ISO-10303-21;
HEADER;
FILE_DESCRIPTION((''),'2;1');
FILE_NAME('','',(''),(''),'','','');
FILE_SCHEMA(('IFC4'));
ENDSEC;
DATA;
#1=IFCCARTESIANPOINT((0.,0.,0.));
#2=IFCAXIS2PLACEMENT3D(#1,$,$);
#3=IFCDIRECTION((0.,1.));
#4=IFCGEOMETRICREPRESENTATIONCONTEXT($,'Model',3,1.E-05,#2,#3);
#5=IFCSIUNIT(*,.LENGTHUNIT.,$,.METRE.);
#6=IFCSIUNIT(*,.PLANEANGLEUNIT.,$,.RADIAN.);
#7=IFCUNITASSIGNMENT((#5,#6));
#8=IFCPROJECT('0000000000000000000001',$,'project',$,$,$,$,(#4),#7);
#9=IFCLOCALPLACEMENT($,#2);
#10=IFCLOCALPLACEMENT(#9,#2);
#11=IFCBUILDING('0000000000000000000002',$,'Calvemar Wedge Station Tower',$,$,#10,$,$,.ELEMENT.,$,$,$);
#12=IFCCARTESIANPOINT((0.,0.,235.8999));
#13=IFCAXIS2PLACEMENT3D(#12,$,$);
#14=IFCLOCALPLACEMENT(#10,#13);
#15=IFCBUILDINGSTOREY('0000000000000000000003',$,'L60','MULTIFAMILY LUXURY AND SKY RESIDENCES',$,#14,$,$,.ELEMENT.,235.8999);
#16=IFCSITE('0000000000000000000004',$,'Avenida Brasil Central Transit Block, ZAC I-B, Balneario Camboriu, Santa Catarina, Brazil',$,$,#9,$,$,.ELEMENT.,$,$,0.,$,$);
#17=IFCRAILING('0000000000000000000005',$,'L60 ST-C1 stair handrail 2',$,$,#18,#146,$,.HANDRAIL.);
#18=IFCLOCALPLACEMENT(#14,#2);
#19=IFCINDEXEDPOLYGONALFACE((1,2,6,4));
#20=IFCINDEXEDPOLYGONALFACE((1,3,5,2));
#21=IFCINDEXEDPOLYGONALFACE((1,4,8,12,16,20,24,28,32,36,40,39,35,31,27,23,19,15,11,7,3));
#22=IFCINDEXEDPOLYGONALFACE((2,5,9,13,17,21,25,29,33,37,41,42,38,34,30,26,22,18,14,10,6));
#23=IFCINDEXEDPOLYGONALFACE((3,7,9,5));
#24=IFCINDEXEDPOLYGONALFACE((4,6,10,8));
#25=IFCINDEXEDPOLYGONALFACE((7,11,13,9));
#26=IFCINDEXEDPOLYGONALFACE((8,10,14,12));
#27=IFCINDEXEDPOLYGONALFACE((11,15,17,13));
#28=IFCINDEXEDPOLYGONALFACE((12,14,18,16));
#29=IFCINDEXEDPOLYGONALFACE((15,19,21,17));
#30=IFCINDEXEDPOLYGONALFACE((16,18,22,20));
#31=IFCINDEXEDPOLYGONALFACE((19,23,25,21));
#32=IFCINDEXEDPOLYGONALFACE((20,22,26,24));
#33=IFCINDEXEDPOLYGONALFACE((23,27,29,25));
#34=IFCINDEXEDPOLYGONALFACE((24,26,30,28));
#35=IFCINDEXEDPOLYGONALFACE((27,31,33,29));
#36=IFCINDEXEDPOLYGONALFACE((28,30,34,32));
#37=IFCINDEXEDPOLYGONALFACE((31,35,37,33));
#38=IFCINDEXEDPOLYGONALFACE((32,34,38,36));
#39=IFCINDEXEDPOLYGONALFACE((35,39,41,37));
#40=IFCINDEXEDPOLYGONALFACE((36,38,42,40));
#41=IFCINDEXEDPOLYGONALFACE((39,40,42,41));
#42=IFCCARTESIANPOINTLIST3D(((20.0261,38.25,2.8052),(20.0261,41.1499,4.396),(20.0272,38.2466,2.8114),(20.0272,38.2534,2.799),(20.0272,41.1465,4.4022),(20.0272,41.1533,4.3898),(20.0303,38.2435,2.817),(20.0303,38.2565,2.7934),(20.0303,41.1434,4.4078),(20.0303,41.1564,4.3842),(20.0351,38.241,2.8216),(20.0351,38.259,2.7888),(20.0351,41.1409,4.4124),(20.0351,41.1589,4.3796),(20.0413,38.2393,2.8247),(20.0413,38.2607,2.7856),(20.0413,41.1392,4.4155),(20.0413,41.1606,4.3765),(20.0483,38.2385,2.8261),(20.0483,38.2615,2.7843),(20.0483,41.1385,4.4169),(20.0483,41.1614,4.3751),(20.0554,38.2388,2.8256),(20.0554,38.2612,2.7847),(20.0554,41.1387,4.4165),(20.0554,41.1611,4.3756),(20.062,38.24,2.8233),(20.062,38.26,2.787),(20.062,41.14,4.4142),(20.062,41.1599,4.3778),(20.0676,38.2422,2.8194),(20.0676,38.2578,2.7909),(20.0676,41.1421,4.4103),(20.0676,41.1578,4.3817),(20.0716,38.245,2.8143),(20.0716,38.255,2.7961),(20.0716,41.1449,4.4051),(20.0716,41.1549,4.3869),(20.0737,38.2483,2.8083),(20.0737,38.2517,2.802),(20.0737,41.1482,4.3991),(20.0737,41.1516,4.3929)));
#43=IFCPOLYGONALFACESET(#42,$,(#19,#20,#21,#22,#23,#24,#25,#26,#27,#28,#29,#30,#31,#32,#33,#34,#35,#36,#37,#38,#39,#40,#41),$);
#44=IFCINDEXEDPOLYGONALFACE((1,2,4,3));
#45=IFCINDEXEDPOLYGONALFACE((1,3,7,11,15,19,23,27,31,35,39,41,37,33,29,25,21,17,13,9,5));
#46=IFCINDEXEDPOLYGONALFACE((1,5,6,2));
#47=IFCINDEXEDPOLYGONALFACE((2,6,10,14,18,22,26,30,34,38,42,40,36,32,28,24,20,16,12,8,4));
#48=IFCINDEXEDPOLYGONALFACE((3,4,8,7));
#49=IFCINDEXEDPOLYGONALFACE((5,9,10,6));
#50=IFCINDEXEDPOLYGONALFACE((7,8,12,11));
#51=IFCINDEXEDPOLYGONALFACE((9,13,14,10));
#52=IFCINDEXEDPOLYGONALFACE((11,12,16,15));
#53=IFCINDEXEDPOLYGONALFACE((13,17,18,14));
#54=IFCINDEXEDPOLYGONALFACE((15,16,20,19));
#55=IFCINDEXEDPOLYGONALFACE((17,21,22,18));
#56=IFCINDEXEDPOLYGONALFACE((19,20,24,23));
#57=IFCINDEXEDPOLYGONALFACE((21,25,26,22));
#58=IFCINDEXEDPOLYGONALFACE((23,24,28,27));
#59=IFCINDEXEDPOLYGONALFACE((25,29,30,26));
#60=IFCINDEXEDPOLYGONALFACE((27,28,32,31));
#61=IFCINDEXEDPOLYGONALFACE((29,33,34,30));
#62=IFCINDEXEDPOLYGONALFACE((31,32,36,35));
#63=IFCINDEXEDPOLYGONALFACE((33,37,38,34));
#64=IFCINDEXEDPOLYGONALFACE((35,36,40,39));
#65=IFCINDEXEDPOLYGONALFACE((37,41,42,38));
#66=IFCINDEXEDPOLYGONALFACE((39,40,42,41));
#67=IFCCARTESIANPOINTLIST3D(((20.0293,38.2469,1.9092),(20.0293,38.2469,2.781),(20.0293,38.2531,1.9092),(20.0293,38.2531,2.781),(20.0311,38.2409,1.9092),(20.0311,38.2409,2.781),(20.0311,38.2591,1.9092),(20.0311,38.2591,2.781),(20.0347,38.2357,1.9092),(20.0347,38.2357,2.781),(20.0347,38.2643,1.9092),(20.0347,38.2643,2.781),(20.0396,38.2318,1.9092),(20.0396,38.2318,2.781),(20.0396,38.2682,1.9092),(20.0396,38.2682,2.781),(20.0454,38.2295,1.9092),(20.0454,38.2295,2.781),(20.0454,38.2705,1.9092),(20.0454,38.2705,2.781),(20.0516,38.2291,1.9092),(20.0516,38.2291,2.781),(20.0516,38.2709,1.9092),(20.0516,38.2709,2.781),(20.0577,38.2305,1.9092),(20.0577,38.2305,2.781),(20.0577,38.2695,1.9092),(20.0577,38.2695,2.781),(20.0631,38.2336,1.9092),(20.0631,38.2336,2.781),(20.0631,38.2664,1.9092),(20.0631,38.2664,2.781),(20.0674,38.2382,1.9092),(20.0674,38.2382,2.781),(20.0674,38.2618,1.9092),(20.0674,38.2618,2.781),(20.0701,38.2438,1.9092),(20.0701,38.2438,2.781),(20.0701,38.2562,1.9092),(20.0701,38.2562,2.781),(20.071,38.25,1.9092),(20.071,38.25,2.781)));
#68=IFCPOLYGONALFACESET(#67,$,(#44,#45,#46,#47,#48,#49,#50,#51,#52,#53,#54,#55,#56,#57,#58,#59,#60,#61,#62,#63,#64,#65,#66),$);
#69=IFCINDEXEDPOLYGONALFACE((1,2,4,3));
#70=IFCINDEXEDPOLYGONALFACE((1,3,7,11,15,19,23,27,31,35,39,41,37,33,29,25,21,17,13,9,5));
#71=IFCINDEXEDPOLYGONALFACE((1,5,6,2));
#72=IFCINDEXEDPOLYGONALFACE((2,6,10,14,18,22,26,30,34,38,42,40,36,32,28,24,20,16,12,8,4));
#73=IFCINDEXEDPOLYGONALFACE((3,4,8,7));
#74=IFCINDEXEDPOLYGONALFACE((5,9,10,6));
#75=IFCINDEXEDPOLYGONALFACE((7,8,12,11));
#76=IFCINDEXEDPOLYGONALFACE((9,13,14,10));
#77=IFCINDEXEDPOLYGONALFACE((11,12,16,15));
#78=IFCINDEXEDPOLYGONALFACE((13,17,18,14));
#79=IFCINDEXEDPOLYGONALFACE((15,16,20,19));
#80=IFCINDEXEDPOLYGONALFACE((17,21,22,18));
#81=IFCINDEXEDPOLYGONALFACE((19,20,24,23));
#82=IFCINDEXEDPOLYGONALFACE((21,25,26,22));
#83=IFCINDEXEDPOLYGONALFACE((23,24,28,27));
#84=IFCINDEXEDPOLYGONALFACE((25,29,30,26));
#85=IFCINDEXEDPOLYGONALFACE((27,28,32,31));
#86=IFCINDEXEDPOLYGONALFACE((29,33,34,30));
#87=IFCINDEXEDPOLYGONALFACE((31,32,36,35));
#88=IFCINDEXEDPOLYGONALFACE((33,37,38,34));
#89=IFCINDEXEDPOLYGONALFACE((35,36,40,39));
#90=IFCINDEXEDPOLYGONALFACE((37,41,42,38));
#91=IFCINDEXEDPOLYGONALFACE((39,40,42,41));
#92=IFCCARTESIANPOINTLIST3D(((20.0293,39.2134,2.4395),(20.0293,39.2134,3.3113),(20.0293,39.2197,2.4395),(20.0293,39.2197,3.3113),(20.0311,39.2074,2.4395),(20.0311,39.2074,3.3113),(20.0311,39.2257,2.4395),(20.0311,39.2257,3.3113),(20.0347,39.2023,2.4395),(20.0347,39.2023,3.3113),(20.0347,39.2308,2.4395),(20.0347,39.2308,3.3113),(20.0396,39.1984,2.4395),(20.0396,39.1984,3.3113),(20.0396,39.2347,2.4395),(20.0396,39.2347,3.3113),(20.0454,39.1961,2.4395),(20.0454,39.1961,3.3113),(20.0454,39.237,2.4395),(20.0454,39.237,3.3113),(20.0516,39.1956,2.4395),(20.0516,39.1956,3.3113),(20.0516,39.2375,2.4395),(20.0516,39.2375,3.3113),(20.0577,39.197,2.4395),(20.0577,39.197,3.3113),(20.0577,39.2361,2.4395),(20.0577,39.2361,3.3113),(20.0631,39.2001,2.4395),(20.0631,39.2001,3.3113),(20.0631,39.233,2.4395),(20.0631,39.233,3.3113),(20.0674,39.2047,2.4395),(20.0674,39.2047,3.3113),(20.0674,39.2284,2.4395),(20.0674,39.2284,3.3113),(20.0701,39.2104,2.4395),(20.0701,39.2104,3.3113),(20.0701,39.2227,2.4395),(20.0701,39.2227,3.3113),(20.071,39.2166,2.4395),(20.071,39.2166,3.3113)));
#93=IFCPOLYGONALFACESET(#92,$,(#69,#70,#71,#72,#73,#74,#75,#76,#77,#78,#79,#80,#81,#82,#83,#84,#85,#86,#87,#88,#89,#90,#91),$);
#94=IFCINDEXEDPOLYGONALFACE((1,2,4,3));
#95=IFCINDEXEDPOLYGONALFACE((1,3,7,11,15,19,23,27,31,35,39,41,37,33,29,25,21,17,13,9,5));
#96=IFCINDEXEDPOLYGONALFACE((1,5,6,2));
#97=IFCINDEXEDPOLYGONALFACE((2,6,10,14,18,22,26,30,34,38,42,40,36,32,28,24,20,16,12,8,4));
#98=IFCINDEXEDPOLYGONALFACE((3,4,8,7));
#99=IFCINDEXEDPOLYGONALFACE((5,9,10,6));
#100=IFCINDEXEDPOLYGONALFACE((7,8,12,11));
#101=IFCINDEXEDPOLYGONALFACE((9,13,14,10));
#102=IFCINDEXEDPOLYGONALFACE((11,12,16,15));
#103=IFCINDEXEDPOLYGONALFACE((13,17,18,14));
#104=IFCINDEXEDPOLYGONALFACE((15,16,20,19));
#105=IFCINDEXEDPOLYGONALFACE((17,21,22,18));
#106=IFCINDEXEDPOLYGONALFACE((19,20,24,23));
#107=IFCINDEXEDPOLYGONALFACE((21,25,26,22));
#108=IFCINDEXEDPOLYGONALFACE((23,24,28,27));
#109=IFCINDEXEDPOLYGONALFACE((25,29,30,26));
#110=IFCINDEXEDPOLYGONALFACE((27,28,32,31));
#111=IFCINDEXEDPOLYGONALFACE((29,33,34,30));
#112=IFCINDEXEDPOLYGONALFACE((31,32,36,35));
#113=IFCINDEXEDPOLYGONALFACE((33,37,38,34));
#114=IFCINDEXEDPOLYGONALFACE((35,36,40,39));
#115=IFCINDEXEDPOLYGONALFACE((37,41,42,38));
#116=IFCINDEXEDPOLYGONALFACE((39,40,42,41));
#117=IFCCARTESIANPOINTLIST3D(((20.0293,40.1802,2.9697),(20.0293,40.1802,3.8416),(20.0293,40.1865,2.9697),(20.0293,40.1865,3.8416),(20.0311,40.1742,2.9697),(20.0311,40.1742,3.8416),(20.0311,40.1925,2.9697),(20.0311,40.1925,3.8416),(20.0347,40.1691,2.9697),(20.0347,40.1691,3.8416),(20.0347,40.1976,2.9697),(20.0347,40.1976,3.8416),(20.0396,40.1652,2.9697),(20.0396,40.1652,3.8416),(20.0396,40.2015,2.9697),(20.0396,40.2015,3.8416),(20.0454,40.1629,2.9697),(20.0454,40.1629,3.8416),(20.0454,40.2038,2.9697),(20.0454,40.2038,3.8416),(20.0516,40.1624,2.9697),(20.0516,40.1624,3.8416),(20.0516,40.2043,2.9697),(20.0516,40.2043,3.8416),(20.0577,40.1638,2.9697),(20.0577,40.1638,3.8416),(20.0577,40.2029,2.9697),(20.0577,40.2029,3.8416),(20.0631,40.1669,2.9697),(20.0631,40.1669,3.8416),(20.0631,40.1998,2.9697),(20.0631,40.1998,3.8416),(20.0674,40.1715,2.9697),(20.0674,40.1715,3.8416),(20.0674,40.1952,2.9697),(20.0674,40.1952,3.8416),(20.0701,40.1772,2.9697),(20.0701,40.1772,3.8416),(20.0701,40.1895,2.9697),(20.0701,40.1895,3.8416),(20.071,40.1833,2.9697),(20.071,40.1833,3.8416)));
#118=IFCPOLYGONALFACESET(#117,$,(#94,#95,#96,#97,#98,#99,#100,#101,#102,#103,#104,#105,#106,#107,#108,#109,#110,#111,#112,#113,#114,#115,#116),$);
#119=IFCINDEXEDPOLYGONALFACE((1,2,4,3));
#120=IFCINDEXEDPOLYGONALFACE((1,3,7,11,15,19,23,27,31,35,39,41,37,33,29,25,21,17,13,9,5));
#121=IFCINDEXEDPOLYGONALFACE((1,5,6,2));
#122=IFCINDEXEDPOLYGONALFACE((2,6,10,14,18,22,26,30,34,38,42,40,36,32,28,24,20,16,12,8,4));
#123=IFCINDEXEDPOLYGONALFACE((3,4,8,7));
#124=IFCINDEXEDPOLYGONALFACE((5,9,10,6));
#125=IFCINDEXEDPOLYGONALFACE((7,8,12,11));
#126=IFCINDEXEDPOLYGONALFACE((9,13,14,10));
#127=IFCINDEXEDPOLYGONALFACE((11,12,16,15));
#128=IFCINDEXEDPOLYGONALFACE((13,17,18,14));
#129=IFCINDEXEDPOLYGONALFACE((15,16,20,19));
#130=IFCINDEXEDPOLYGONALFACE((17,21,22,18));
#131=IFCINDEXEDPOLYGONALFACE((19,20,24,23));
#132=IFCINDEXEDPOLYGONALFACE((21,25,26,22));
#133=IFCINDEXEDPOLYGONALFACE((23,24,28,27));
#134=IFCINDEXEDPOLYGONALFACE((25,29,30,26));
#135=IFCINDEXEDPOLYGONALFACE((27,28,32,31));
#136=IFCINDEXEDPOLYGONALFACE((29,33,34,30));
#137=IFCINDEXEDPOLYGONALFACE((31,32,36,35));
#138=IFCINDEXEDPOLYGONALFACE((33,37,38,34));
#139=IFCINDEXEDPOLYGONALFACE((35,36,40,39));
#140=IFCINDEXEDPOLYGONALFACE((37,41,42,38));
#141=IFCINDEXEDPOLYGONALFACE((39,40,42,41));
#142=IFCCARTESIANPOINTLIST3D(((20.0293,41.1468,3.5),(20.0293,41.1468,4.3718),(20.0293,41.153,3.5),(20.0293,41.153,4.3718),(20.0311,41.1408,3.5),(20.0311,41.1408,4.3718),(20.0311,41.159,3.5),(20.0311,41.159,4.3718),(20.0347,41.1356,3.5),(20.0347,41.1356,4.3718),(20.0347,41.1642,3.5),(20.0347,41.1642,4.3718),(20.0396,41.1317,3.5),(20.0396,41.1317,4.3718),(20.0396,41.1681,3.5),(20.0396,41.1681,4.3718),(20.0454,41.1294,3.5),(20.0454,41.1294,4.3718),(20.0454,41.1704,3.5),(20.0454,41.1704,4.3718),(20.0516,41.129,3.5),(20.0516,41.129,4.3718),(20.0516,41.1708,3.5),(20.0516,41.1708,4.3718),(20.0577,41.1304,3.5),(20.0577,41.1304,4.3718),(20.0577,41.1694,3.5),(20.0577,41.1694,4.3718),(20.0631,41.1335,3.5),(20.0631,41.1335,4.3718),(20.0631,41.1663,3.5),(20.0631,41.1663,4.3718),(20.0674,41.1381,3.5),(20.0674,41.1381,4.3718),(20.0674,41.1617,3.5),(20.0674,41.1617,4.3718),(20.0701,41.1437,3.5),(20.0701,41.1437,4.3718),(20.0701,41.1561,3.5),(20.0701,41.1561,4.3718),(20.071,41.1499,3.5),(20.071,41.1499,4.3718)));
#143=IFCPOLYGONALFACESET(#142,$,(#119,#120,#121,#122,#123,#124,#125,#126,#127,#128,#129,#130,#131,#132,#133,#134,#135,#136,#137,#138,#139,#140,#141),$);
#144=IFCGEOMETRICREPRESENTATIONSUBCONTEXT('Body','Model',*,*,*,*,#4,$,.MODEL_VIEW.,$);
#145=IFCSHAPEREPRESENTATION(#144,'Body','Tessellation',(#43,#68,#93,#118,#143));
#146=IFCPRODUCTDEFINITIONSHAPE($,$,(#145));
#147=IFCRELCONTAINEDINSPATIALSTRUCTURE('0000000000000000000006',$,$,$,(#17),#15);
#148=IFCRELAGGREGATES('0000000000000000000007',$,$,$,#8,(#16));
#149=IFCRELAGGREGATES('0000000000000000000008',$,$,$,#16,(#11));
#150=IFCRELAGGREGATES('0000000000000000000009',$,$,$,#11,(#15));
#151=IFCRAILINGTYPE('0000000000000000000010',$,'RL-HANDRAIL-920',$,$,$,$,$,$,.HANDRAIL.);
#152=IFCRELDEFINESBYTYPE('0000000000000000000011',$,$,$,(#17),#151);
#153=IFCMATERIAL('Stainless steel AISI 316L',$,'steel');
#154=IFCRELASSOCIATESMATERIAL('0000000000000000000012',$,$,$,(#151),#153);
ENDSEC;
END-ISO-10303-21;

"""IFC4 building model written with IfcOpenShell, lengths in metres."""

from ifc_helpers import new_model, si_unit, direction, frame, origin, origin_2d, place, context, subcontext, project, spatial, circle, extrude, material, type_object, element, save


model = new_model("IFC4")

# Units and contexts
model_context = context("Model", 3, precision=1e-05, world=origin(), true_north=direction((0.0, 1.0)))
body_context = subcontext(model_context, "Body", "Model", "MODEL_VIEW")
ifc_project = project(units=[si_unit("LENGTHUNIT", "METRE"), si_unit("PLANEANGLEUNIT", "RADIAN")], contexts=[model_context])

# Site, building, storey
site_placement = place(None, origin())
site = spatial("IfcSite", under=ifc_project, at=site_placement, Name="Avenida Brasil Central Transit Block, ZAC I-B, Balneario Camboriu, Santa Catarina, Brazil", CompositionType="ELEMENT", RefElevation=0.0)
building_placement = place(site_placement, origin())
building = spatial("IfcBuilding", under=site, at=building_placement, Name="Calvemar Wedge Station Tower", CompositionType="ELEMENT")
storey_placement = place(building_placement, frame((0.0, 0.0, 235.8999)))
storey = spatial("IfcBuildingStorey", under=building, at=storey_placement, Name="L60", Description="MULTIFAMILY LUXURY AND SKY RESIDENCES", CompositionType="ELEMENT", Elevation=235.8999)

# Railing
ifc_material_1 = material(Name="Stainless steel AISI 316L", Category="steel")
railing_type_1 = type_object("IfcRailingType", Name="RL-HANDRAIL-920", PredefinedType="HANDRAIL", material=ifc_material_1)
railing_1_placement = place(storey_placement, frame((20.05, 38.25, 1.9092)))
element("IfcRailing", 1, at=railing_1_placement, inside=storey, type_object=railing_type_1, Name="L60 ST-C1 stair handrail 2", PredefinedType="HANDRAIL", context=body_context, shape_type="SweptSolid", body=[
    extrude(circle(Radius=0.0239, at=origin_2d()), frame((0.0, 0.0, 0.896), z_axis=(0.0, 0.876742, 0.480961), x_axis=(-1.0, 0.0, 0.0)), (0.0, 0.0, 1.0), 3.3076),
    extrude(circle(Radius=0.021, at=origin_2d()), origin(), (0.0, 0.0, 1.0), 0.8718),
    extrude(circle(Radius=0.021, at=origin_2d()), frame((0.0, 0.9666, 0.5303)), (0.0, 0.0, 1.0), 0.8718),
    extrude(circle(Radius=0.021, at=origin_2d()), frame((0.0, 1.9333, 1.0605)), (0.0, 0.0, 1.0), 0.8718),
    extrude(circle(Radius=0.021, at=origin_2d()), frame((0.0, 2.8999, 1.5908)), (0.0, 0.0, 1.0), 0.8718),
])

save(model, "model.ifc")
